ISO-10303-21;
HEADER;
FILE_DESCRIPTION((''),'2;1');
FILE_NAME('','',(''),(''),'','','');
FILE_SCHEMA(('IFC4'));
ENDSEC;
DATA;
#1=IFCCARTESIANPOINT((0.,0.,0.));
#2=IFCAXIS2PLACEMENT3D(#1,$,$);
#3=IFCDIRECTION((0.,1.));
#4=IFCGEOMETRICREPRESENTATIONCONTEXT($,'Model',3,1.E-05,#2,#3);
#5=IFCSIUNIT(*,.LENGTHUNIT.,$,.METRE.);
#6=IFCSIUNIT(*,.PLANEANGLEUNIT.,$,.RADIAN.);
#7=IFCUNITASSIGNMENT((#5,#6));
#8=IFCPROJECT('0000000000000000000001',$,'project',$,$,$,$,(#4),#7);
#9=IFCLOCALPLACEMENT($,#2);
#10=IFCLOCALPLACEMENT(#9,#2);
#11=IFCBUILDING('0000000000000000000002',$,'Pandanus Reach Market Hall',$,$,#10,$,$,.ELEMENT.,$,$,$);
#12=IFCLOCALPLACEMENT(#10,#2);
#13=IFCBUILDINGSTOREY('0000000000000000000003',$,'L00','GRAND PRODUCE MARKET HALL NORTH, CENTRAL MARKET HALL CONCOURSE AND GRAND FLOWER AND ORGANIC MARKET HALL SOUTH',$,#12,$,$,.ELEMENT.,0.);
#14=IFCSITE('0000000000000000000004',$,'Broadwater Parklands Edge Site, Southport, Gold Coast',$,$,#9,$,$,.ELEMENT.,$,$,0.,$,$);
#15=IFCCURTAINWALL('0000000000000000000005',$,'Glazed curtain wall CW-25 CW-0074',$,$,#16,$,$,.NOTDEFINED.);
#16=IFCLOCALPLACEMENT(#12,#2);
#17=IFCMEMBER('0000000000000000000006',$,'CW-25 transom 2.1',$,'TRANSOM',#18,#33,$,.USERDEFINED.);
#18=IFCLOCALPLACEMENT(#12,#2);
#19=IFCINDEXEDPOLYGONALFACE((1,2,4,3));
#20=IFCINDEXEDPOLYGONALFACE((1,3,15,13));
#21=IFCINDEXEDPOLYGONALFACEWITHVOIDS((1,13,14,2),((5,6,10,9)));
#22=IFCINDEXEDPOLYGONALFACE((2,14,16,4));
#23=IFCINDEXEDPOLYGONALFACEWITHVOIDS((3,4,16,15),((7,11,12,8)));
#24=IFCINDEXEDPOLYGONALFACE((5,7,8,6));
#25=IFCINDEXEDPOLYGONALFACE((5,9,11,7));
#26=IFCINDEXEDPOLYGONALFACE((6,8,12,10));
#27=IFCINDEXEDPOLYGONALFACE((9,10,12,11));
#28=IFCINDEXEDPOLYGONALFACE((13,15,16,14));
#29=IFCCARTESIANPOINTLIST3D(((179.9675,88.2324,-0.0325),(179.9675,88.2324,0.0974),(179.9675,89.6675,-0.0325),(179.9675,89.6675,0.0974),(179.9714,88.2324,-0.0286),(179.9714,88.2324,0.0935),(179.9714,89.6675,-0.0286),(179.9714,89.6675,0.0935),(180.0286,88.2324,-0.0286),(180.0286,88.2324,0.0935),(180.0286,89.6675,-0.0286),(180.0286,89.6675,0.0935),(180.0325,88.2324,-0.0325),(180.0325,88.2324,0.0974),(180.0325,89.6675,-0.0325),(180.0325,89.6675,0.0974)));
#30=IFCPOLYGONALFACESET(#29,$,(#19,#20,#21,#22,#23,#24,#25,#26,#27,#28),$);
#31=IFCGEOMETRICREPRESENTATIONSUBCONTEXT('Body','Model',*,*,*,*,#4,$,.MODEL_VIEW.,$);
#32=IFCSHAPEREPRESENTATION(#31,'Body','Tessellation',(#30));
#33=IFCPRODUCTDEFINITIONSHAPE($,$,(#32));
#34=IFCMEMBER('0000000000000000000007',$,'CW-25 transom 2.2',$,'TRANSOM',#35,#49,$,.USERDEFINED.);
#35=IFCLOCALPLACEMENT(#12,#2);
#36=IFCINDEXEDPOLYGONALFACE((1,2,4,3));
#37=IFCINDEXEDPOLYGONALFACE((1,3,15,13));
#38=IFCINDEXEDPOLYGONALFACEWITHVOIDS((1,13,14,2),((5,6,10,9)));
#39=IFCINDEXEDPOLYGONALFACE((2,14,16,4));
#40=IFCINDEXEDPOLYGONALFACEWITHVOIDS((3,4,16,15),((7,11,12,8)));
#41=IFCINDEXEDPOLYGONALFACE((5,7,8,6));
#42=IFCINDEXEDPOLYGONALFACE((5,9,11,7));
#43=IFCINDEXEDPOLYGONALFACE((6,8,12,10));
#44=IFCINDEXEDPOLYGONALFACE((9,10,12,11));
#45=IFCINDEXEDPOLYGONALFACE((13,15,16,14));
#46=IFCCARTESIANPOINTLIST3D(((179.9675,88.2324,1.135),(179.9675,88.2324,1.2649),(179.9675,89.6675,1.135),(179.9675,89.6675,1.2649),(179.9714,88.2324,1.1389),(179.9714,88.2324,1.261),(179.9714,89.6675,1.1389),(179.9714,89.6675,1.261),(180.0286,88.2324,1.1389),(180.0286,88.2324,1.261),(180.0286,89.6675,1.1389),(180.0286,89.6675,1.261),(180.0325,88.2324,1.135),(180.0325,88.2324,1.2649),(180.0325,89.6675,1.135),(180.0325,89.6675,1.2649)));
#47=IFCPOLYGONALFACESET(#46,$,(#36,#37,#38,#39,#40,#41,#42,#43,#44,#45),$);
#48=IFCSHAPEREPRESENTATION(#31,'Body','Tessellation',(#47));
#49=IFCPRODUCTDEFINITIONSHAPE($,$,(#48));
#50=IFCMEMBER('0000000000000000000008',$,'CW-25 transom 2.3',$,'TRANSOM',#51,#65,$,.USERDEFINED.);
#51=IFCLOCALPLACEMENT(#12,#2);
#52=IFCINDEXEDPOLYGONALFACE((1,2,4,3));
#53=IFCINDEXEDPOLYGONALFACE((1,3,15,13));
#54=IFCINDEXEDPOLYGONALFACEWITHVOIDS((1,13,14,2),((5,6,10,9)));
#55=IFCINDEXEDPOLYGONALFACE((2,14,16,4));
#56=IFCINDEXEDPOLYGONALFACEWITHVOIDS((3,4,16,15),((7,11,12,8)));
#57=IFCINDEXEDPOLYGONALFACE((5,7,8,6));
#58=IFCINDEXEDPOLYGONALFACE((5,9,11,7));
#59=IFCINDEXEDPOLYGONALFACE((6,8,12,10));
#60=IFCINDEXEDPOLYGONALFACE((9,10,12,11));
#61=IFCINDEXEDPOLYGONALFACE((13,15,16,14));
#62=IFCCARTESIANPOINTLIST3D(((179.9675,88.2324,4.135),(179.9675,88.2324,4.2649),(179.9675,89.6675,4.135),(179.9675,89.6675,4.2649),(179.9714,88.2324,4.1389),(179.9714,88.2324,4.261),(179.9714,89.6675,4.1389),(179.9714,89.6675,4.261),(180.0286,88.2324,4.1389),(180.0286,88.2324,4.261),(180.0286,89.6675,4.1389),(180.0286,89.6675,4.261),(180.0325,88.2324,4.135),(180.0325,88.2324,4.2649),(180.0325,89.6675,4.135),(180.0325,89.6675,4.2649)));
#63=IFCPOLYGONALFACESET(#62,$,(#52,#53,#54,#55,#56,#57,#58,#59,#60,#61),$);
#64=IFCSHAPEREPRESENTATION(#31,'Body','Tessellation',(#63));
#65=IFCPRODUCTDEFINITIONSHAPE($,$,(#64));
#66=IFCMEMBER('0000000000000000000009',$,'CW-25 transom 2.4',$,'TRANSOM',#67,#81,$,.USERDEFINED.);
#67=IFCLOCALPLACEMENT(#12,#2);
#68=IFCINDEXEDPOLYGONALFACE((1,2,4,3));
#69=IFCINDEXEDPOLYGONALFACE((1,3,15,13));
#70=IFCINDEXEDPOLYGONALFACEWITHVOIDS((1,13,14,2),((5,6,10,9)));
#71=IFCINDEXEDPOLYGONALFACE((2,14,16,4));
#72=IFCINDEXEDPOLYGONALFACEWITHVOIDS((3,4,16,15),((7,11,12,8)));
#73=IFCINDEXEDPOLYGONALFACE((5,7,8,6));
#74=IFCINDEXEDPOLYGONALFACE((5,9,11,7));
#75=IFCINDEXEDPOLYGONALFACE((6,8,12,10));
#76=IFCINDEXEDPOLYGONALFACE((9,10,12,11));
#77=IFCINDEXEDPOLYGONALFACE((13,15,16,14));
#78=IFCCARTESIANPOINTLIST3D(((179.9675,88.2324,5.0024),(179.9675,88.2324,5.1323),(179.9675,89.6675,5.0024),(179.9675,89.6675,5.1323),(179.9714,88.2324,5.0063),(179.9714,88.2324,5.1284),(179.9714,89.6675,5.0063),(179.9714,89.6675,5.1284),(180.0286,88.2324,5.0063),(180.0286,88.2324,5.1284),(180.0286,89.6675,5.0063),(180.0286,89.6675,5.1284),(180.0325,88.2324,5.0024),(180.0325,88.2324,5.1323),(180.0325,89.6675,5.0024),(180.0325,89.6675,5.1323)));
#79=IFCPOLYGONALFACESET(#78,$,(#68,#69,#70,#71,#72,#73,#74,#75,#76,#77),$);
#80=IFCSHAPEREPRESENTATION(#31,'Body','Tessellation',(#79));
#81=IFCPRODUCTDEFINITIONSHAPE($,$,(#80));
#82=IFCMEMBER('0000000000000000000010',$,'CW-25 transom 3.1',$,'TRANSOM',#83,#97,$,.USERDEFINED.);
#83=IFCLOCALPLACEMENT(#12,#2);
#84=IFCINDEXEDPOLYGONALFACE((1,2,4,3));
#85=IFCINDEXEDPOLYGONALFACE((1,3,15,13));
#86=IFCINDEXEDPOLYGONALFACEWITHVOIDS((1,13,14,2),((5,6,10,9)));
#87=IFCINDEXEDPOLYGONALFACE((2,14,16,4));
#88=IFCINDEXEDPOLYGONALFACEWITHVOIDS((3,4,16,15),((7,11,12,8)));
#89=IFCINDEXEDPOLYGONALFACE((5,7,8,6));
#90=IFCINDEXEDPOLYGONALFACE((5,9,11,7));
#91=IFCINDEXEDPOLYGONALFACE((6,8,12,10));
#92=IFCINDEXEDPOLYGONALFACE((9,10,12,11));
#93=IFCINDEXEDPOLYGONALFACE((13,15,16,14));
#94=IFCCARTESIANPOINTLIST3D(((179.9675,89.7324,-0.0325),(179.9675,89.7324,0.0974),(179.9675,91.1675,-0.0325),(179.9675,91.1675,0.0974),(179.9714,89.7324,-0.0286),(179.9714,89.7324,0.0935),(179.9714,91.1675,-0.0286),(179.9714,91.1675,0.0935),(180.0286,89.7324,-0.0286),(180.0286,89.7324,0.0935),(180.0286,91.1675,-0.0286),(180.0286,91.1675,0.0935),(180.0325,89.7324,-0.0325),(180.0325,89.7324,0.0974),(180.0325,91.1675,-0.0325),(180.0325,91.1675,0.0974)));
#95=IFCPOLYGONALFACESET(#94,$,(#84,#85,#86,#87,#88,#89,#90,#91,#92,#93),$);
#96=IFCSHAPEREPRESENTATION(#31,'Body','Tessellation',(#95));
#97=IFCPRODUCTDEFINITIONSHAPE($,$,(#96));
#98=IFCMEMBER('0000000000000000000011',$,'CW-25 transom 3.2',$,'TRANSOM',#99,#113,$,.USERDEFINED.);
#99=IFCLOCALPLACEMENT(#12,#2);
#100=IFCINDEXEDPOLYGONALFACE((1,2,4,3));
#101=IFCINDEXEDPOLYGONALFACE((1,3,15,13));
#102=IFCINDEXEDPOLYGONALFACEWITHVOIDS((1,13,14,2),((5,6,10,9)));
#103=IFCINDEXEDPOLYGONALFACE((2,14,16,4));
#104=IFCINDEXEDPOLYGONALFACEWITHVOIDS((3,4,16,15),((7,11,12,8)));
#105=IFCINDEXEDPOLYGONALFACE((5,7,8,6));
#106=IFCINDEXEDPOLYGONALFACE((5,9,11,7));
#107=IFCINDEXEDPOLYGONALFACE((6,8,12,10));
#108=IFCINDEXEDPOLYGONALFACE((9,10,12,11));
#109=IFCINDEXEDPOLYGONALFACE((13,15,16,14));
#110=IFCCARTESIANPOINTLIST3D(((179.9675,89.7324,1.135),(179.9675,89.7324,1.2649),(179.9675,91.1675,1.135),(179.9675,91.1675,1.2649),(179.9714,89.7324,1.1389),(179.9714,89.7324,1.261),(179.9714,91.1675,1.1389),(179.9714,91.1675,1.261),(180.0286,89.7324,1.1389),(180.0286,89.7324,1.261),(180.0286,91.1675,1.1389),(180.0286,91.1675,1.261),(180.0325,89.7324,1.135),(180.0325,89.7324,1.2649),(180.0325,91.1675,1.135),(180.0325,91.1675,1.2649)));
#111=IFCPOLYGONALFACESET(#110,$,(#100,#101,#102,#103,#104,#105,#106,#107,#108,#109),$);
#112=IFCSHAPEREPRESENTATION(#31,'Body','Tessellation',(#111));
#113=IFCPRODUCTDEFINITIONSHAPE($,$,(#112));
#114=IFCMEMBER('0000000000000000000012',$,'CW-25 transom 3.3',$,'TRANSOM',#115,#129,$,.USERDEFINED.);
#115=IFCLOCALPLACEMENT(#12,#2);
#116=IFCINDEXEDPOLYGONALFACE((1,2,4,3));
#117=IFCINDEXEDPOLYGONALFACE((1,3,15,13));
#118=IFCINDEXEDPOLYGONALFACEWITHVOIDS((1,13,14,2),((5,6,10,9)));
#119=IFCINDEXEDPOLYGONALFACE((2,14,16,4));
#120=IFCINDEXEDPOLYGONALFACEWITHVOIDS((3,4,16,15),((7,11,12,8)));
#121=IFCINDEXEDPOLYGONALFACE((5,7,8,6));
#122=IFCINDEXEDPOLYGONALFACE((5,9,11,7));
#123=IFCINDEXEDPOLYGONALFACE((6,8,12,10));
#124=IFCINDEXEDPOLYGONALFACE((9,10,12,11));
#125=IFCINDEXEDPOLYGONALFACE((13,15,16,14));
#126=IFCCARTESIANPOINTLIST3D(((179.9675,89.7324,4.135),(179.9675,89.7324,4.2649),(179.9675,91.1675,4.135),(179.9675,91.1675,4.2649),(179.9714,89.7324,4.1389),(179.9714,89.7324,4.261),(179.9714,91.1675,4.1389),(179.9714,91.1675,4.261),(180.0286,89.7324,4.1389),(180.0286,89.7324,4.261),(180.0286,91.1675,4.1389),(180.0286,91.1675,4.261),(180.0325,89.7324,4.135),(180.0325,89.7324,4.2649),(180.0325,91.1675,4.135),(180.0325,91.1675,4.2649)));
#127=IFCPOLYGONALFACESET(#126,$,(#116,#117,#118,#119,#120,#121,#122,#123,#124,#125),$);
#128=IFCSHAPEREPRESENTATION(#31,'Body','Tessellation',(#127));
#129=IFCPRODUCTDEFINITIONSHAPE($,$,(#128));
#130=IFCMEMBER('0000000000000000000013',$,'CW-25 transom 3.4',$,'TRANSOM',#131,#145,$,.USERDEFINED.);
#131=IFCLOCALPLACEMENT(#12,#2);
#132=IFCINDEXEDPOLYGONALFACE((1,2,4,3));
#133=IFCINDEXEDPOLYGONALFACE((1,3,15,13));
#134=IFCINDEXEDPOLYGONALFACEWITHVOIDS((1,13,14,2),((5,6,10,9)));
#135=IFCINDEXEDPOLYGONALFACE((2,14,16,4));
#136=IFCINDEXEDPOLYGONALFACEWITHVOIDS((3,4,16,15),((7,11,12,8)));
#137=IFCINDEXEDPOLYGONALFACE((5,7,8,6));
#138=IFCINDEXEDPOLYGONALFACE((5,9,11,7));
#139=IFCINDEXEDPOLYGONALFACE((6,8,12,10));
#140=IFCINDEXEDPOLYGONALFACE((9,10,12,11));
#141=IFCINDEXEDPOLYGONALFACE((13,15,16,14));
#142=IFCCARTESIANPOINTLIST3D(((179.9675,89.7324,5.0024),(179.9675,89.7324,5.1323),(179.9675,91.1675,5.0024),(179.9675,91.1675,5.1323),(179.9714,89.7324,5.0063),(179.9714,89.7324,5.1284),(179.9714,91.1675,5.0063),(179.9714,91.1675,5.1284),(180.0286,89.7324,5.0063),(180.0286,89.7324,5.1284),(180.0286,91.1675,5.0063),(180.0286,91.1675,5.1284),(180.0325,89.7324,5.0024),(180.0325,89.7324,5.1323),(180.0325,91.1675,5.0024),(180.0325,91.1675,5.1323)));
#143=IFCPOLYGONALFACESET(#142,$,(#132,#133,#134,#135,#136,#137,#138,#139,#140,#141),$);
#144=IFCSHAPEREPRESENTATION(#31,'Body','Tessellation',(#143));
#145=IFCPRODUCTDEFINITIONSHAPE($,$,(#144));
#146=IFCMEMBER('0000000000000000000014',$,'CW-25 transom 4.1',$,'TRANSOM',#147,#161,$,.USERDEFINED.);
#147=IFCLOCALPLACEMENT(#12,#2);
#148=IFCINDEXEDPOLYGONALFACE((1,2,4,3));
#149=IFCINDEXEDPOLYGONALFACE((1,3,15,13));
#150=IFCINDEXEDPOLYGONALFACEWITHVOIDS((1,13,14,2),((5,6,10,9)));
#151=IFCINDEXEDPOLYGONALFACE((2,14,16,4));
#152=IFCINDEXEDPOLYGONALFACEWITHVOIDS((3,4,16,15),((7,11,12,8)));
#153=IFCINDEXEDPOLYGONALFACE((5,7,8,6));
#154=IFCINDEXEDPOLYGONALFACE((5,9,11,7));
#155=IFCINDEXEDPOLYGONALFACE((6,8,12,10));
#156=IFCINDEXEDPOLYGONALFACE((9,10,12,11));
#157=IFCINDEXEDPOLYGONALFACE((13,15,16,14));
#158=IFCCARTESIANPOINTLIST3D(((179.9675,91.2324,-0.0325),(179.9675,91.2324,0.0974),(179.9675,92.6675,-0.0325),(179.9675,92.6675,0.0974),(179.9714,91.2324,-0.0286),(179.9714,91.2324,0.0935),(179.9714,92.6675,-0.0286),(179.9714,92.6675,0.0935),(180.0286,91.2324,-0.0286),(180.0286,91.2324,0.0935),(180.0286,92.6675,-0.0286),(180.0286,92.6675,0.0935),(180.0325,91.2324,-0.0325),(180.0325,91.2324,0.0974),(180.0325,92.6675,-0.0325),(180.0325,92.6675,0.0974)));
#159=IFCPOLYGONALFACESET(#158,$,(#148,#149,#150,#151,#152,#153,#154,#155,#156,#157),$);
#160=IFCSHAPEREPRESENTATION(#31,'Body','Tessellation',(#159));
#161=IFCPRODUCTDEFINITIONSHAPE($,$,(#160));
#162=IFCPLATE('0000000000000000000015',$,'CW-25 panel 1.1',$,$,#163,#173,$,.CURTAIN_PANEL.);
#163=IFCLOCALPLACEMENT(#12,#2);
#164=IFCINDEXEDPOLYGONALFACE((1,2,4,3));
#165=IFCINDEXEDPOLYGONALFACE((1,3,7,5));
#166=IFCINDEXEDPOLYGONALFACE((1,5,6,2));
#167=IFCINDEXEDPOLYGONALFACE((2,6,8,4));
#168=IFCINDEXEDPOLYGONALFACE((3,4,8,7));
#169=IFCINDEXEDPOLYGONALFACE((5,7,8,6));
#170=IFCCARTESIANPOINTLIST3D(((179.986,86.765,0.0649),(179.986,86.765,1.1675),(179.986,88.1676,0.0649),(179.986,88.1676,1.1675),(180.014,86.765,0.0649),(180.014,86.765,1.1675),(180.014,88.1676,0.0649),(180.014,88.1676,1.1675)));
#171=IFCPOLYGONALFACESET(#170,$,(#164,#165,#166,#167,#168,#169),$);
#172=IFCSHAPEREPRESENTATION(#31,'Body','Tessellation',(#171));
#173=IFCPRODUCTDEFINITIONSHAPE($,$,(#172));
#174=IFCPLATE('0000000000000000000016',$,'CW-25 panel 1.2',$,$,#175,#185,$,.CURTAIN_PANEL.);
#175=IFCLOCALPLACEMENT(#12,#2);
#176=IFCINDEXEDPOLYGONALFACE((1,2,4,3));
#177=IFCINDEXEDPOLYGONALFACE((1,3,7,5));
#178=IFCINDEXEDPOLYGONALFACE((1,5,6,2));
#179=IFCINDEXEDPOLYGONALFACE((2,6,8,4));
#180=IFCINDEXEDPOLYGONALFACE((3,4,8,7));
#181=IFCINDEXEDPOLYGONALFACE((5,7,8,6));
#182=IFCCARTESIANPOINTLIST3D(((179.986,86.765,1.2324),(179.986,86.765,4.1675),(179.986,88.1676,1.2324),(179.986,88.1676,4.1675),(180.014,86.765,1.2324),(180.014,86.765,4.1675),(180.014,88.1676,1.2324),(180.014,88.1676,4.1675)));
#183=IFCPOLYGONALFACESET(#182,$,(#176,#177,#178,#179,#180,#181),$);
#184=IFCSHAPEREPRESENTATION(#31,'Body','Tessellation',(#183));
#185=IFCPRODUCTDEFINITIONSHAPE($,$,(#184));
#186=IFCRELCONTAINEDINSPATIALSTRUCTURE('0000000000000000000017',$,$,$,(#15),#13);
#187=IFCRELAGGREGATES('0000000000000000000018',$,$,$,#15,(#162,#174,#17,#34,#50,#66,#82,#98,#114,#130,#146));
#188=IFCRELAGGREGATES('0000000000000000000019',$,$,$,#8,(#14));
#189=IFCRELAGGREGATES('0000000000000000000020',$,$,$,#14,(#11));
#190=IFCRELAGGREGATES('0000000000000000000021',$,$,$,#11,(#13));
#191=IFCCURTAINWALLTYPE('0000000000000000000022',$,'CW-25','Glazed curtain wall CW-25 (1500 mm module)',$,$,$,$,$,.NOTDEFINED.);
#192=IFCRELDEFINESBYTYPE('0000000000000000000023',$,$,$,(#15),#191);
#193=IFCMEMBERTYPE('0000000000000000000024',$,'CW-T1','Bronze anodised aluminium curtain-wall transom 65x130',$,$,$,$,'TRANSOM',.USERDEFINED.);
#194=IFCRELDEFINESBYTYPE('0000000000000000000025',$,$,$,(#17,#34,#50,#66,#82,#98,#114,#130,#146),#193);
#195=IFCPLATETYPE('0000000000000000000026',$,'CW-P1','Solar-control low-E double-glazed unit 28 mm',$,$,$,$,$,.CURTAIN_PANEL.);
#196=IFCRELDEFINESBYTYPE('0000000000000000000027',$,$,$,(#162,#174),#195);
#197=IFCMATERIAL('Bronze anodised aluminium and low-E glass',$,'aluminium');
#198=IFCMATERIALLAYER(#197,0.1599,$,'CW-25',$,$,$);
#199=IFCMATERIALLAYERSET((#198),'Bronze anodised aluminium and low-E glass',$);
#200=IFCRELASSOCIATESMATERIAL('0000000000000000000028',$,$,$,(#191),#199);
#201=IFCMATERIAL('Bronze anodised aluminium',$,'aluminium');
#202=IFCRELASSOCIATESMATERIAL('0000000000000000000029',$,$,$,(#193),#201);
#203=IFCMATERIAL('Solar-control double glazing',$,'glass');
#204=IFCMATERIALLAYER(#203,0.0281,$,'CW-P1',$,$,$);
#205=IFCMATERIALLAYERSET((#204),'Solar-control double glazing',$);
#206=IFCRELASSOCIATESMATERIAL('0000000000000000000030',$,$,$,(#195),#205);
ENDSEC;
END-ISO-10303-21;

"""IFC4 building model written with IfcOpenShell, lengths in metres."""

from ifc_helpers import new_model, si_unit, direction, frame, origin, origin_2d, place, context, subcontext, project, spatial, rectangle, hollow_rectangle, extrude, material, layer, layer_set, material_profile, profile_set, type_object, element, aggregate, save


model = new_model("IFC4")

# Units and contexts
model_context = context("Model", 3, precision=1e-05, world=origin(), true_north=direction((0.0, 1.0)))
body_context = subcontext(model_context, "Body", "Model", "MODEL_VIEW")
ifc_project = project(units=[si_unit("LENGTHUNIT", "METRE"), si_unit("PLANEANGLEUNIT", "RADIAN")], contexts=[model_context])

# Site, building, storey
site_placement = place(None, origin())
site = spatial("IfcSite", under=ifc_project, at=site_placement, Name="Broadwater Parklands Edge Site, Southport, Gold Coast", CompositionType="ELEMENT", RefElevation=0.0)
building_placement = place(site_placement, origin())
building = spatial("IfcBuilding", under=site, at=building_placement, Name="Pandanus Reach Market Hall", CompositionType="ELEMENT")
storey_placement = place(building_placement, origin())
storey = spatial("IfcBuildingStorey", under=building, at=storey_placement, Name="L00", Description="GRAND PRODUCE MARKET HALL NORTH, CENTRAL MARKET HALL CONCOURSE AND GRAND FLOWER AND ORGANIC MARKET HALL SOUTH", CompositionType="ELEMENT", Elevation=0.0)

# Shared definitions
ifc_material_1 = material(Name="Bronze anodised aluminium and low-E glass", Category="aluminium")
ifc_layer_1 = layer(ifc_material_1, 0.1599, Name="CW-25")
ifc_layer_set_1 = layer_set([ifc_layer_1], Name="Bronze anodised aluminium and low-E glass")
curtain_wall_type = type_object("IfcCurtainWallType", Name="CW-25", Description="Glazed curtain wall CW-25 (1500 mm module)", PredefinedType="NOTDEFINED", material=ifc_layer_set_1)
ifc_material_2 = material(Name="Bronze anodised aluminium", Category="aluminium")

# Curtain wall, members, plates
curtain_wall_1_placement = place(storey_placement, origin())
curtain_wall_1 = element("IfcCurtainWall", 1, at=curtain_wall_1_placement, inside=storey, type_object=curtain_wall_type, Name="Glazed curtain wall CW-25 CW-0074", PredefinedType="NOTDEFINED")
ifc_material_profile_1 = material_profile(ifc_material_2, hollow_rectangle(XDim=0.0649, YDim=0.1299, WallThickness=0.0039, at=origin_2d()), Name="ALU65x130", Category="LoadBearing")
ifc_profile_set_1 = profile_set([ifc_material_profile_1], Name="Bronze anodised aluminium")
member_type_1 = type_object("IfcMemberType", Name="CW-T1", Description="Bronze anodised aluminium curtain-wall transom 65x130", ElementType="TRANSOM", PredefinedType="USERDEFINED", material=ifc_profile_set_1)
member_1_placement = place(storey_placement, frame((180.0, 88.2324, 0.0325), z_axis=(0.0, 1.0, 0.0), x_axis=(-1.0, 0.0, 0.0)))
member_1 = element("IfcMember", 2, at=member_1_placement, type_object=member_type_1, Name="CW-25 transom 2.1", ObjectType="TRANSOM", PredefinedType="USERDEFINED", context=body_context, shape_type="SweptSolid", body=[
    extrude(hollow_rectangle(XDim=0.0649, YDim=0.1299, WallThickness=0.0039, at=origin_2d()), origin(), (0.0, 0.0, 1.0), 1.4351),
])
member_2_placement = place(storey_placement, frame((180.0, 88.2324, 1.2), z_axis=(0.0, 1.0, 0.0), x_axis=(-1.0, 0.0, 0.0)))
member_2 = element("IfcMember", 3, at=member_2_placement, type_object=member_type_1, Name="CW-25 transom 2.2", ObjectType="TRANSOM", PredefinedType="USERDEFINED", context=body_context, shape_type="SweptSolid", body=[
    extrude(hollow_rectangle(XDim=0.0649, YDim=0.1299, WallThickness=0.0039, at=origin_2d()), origin(), (0.0, 0.0, 1.0), 1.4351),
])
member_3_placement = place(storey_placement, frame((180.0, 88.2324, 4.2), z_axis=(0.0, 1.0, 0.0), x_axis=(-1.0, 0.0, 0.0)))
member_3 = element("IfcMember", 4, at=member_3_placement, type_object=member_type_1, Name="CW-25 transom 2.3", ObjectType="TRANSOM", PredefinedType="USERDEFINED", context=body_context, shape_type="SweptSolid", body=[
    extrude(hollow_rectangle(XDim=0.0649, YDim=0.1299, WallThickness=0.0039, at=origin_2d()), origin(), (0.0, 0.0, 1.0), 1.4351),
])
member_4_placement = place(storey_placement, frame((180.0, 88.2324, 5.0674), z_axis=(0.0, 1.0, 0.0), x_axis=(-1.0, 0.0, 0.0)))
member_4 = element("IfcMember", 5, at=member_4_placement, type_object=member_type_1, Name="CW-25 transom 2.4", ObjectType="TRANSOM", PredefinedType="USERDEFINED", context=body_context, shape_type="SweptSolid", body=[
    extrude(hollow_rectangle(XDim=0.0649, YDim=0.1299, WallThickness=0.0039, at=origin_2d()), origin(), (0.0, 0.0, 1.0), 1.4351),
])
member_5_placement = place(storey_placement, frame((180.0, 89.7324, 0.0325), z_axis=(0.0, 1.0, 0.0), x_axis=(-1.0, 0.0, 0.0)))
member_5 = element("IfcMember", 6, at=member_5_placement, type_object=member_type_1, Name="CW-25 transom 3.1", ObjectType="TRANSOM", PredefinedType="USERDEFINED", context=body_context, shape_type="SweptSolid", body=[
    extrude(hollow_rectangle(XDim=0.0649, YDim=0.1299, WallThickness=0.0039, at=origin_2d()), origin(), (0.0, 0.0, 1.0), 1.4351),
])
member_6_placement = place(storey_placement, frame((180.0, 89.7324, 1.2), z_axis=(0.0, 1.0, 0.0), x_axis=(-1.0, 0.0, 0.0)))
member_6 = element("IfcMember", 7, at=member_6_placement, type_object=member_type_1, Name="CW-25 transom 3.2", ObjectType="TRANSOM", PredefinedType="USERDEFINED", context=body_context, shape_type="SweptSolid", body=[
    extrude(hollow_rectangle(XDim=0.0649, YDim=0.1299, WallThickness=0.0039, at=origin_2d()), origin(), (0.0, 0.0, 1.0), 1.4351),
])
member_7_placement = place(storey_placement, frame((180.0, 89.7324, 4.2), z_axis=(0.0, 1.0, 0.0), x_axis=(-1.0, 0.0, 0.0)))
member_7 = element("IfcMember", 8, at=member_7_placement, type_object=member_type_1, Name="CW-25 transom 3.3", ObjectType="TRANSOM", PredefinedType="USERDEFINED", context=body_context, shape_type="SweptSolid", body=[
    extrude(hollow_rectangle(XDim=0.0649, YDim=0.1299, WallThickness=0.0039, at=origin_2d()), origin(), (0.0, 0.0, 1.0), 1.4351),
])
member_8_placement = place(storey_placement, frame((180.0, 89.7324, 5.0674), z_axis=(0.0, 1.0, 0.0), x_axis=(-1.0, 0.0, 0.0)))
member_8 = element("IfcMember", 9, at=member_8_placement, type_object=member_type_1, Name="CW-25 transom 3.4", ObjectType="TRANSOM", PredefinedType="USERDEFINED", context=body_context, shape_type="SweptSolid", body=[
    extrude(hollow_rectangle(XDim=0.0649, YDim=0.1299, WallThickness=0.0039, at=origin_2d()), origin(), (0.0, 0.0, 1.0), 1.4351),
])
member_9_placement = place(storey_placement, frame((180.0, 91.2324, 0.0325), z_axis=(0.0, 1.0, 0.0), x_axis=(-1.0, 0.0, 0.0)))
member_9 = element("IfcMember", 10, at=member_9_placement, type_object=member_type_1, Name="CW-25 transom 4.1", ObjectType="TRANSOM", PredefinedType="USERDEFINED", context=body_context, shape_type="SweptSolid", body=[
    extrude(hollow_rectangle(XDim=0.0649, YDim=0.1299, WallThickness=0.0039, at=origin_2d()), origin(), (0.0, 0.0, 1.0), 1.4351),
])
ifc_material_3 = material(Name="Solar-control double glazing", Category="glass")
ifc_layer_2 = layer(ifc_material_3, 0.0281, Name="CW-P1")
ifc_layer_set_2 = layer_set([ifc_layer_2], Name="Solar-control double glazing")
plate_type = type_object("IfcPlateType", Name="CW-P1", Description="Solar-control low-E double-glazed unit 28 mm", PredefinedType="CURTAIN_PANEL", material=ifc_layer_set_2)
plate_1_placement = place(storey_placement, frame((180.0, 87.4663, 0.0649), z_axis=(0.0, 0.0, 1.0), x_axis=(0.0, 1.0, 0.0)))
plate_1 = element("IfcPlate", 11, at=plate_1_placement, type_object=plate_type, Name="CW-25 panel 1.1", PredefinedType="CURTAIN_PANEL", context=body_context, shape_type="SweptSolid", body=[
    extrude(rectangle(XDim=1.4026, YDim=0.0281, at=origin_2d()), origin(), (0.0, 0.0, 1.0), 1.1025),
])
plate_2_placement = place(storey_placement, frame((180.0, 87.4663, 1.2324), z_axis=(0.0, 0.0, 1.0), x_axis=(0.0, 1.0, 0.0)))
plate_2 = element("IfcPlate", 12, at=plate_2_placement, type_object=plate_type, Name="CW-25 panel 1.2", PredefinedType="CURTAIN_PANEL", context=body_context, shape_type="SweptSolid", body=[
    extrude(rectangle(XDim=1.4026, YDim=0.0281, at=origin_2d()), origin(), (0.0, 0.0, 1.0), 2.9351),
])
aggregate(curtain_wall_1, [plate_1, plate_2, member_1, member_2, member_3, member_4, member_5, member_6, member_7, member_8, member_9])

save(model, "model.ifc")
